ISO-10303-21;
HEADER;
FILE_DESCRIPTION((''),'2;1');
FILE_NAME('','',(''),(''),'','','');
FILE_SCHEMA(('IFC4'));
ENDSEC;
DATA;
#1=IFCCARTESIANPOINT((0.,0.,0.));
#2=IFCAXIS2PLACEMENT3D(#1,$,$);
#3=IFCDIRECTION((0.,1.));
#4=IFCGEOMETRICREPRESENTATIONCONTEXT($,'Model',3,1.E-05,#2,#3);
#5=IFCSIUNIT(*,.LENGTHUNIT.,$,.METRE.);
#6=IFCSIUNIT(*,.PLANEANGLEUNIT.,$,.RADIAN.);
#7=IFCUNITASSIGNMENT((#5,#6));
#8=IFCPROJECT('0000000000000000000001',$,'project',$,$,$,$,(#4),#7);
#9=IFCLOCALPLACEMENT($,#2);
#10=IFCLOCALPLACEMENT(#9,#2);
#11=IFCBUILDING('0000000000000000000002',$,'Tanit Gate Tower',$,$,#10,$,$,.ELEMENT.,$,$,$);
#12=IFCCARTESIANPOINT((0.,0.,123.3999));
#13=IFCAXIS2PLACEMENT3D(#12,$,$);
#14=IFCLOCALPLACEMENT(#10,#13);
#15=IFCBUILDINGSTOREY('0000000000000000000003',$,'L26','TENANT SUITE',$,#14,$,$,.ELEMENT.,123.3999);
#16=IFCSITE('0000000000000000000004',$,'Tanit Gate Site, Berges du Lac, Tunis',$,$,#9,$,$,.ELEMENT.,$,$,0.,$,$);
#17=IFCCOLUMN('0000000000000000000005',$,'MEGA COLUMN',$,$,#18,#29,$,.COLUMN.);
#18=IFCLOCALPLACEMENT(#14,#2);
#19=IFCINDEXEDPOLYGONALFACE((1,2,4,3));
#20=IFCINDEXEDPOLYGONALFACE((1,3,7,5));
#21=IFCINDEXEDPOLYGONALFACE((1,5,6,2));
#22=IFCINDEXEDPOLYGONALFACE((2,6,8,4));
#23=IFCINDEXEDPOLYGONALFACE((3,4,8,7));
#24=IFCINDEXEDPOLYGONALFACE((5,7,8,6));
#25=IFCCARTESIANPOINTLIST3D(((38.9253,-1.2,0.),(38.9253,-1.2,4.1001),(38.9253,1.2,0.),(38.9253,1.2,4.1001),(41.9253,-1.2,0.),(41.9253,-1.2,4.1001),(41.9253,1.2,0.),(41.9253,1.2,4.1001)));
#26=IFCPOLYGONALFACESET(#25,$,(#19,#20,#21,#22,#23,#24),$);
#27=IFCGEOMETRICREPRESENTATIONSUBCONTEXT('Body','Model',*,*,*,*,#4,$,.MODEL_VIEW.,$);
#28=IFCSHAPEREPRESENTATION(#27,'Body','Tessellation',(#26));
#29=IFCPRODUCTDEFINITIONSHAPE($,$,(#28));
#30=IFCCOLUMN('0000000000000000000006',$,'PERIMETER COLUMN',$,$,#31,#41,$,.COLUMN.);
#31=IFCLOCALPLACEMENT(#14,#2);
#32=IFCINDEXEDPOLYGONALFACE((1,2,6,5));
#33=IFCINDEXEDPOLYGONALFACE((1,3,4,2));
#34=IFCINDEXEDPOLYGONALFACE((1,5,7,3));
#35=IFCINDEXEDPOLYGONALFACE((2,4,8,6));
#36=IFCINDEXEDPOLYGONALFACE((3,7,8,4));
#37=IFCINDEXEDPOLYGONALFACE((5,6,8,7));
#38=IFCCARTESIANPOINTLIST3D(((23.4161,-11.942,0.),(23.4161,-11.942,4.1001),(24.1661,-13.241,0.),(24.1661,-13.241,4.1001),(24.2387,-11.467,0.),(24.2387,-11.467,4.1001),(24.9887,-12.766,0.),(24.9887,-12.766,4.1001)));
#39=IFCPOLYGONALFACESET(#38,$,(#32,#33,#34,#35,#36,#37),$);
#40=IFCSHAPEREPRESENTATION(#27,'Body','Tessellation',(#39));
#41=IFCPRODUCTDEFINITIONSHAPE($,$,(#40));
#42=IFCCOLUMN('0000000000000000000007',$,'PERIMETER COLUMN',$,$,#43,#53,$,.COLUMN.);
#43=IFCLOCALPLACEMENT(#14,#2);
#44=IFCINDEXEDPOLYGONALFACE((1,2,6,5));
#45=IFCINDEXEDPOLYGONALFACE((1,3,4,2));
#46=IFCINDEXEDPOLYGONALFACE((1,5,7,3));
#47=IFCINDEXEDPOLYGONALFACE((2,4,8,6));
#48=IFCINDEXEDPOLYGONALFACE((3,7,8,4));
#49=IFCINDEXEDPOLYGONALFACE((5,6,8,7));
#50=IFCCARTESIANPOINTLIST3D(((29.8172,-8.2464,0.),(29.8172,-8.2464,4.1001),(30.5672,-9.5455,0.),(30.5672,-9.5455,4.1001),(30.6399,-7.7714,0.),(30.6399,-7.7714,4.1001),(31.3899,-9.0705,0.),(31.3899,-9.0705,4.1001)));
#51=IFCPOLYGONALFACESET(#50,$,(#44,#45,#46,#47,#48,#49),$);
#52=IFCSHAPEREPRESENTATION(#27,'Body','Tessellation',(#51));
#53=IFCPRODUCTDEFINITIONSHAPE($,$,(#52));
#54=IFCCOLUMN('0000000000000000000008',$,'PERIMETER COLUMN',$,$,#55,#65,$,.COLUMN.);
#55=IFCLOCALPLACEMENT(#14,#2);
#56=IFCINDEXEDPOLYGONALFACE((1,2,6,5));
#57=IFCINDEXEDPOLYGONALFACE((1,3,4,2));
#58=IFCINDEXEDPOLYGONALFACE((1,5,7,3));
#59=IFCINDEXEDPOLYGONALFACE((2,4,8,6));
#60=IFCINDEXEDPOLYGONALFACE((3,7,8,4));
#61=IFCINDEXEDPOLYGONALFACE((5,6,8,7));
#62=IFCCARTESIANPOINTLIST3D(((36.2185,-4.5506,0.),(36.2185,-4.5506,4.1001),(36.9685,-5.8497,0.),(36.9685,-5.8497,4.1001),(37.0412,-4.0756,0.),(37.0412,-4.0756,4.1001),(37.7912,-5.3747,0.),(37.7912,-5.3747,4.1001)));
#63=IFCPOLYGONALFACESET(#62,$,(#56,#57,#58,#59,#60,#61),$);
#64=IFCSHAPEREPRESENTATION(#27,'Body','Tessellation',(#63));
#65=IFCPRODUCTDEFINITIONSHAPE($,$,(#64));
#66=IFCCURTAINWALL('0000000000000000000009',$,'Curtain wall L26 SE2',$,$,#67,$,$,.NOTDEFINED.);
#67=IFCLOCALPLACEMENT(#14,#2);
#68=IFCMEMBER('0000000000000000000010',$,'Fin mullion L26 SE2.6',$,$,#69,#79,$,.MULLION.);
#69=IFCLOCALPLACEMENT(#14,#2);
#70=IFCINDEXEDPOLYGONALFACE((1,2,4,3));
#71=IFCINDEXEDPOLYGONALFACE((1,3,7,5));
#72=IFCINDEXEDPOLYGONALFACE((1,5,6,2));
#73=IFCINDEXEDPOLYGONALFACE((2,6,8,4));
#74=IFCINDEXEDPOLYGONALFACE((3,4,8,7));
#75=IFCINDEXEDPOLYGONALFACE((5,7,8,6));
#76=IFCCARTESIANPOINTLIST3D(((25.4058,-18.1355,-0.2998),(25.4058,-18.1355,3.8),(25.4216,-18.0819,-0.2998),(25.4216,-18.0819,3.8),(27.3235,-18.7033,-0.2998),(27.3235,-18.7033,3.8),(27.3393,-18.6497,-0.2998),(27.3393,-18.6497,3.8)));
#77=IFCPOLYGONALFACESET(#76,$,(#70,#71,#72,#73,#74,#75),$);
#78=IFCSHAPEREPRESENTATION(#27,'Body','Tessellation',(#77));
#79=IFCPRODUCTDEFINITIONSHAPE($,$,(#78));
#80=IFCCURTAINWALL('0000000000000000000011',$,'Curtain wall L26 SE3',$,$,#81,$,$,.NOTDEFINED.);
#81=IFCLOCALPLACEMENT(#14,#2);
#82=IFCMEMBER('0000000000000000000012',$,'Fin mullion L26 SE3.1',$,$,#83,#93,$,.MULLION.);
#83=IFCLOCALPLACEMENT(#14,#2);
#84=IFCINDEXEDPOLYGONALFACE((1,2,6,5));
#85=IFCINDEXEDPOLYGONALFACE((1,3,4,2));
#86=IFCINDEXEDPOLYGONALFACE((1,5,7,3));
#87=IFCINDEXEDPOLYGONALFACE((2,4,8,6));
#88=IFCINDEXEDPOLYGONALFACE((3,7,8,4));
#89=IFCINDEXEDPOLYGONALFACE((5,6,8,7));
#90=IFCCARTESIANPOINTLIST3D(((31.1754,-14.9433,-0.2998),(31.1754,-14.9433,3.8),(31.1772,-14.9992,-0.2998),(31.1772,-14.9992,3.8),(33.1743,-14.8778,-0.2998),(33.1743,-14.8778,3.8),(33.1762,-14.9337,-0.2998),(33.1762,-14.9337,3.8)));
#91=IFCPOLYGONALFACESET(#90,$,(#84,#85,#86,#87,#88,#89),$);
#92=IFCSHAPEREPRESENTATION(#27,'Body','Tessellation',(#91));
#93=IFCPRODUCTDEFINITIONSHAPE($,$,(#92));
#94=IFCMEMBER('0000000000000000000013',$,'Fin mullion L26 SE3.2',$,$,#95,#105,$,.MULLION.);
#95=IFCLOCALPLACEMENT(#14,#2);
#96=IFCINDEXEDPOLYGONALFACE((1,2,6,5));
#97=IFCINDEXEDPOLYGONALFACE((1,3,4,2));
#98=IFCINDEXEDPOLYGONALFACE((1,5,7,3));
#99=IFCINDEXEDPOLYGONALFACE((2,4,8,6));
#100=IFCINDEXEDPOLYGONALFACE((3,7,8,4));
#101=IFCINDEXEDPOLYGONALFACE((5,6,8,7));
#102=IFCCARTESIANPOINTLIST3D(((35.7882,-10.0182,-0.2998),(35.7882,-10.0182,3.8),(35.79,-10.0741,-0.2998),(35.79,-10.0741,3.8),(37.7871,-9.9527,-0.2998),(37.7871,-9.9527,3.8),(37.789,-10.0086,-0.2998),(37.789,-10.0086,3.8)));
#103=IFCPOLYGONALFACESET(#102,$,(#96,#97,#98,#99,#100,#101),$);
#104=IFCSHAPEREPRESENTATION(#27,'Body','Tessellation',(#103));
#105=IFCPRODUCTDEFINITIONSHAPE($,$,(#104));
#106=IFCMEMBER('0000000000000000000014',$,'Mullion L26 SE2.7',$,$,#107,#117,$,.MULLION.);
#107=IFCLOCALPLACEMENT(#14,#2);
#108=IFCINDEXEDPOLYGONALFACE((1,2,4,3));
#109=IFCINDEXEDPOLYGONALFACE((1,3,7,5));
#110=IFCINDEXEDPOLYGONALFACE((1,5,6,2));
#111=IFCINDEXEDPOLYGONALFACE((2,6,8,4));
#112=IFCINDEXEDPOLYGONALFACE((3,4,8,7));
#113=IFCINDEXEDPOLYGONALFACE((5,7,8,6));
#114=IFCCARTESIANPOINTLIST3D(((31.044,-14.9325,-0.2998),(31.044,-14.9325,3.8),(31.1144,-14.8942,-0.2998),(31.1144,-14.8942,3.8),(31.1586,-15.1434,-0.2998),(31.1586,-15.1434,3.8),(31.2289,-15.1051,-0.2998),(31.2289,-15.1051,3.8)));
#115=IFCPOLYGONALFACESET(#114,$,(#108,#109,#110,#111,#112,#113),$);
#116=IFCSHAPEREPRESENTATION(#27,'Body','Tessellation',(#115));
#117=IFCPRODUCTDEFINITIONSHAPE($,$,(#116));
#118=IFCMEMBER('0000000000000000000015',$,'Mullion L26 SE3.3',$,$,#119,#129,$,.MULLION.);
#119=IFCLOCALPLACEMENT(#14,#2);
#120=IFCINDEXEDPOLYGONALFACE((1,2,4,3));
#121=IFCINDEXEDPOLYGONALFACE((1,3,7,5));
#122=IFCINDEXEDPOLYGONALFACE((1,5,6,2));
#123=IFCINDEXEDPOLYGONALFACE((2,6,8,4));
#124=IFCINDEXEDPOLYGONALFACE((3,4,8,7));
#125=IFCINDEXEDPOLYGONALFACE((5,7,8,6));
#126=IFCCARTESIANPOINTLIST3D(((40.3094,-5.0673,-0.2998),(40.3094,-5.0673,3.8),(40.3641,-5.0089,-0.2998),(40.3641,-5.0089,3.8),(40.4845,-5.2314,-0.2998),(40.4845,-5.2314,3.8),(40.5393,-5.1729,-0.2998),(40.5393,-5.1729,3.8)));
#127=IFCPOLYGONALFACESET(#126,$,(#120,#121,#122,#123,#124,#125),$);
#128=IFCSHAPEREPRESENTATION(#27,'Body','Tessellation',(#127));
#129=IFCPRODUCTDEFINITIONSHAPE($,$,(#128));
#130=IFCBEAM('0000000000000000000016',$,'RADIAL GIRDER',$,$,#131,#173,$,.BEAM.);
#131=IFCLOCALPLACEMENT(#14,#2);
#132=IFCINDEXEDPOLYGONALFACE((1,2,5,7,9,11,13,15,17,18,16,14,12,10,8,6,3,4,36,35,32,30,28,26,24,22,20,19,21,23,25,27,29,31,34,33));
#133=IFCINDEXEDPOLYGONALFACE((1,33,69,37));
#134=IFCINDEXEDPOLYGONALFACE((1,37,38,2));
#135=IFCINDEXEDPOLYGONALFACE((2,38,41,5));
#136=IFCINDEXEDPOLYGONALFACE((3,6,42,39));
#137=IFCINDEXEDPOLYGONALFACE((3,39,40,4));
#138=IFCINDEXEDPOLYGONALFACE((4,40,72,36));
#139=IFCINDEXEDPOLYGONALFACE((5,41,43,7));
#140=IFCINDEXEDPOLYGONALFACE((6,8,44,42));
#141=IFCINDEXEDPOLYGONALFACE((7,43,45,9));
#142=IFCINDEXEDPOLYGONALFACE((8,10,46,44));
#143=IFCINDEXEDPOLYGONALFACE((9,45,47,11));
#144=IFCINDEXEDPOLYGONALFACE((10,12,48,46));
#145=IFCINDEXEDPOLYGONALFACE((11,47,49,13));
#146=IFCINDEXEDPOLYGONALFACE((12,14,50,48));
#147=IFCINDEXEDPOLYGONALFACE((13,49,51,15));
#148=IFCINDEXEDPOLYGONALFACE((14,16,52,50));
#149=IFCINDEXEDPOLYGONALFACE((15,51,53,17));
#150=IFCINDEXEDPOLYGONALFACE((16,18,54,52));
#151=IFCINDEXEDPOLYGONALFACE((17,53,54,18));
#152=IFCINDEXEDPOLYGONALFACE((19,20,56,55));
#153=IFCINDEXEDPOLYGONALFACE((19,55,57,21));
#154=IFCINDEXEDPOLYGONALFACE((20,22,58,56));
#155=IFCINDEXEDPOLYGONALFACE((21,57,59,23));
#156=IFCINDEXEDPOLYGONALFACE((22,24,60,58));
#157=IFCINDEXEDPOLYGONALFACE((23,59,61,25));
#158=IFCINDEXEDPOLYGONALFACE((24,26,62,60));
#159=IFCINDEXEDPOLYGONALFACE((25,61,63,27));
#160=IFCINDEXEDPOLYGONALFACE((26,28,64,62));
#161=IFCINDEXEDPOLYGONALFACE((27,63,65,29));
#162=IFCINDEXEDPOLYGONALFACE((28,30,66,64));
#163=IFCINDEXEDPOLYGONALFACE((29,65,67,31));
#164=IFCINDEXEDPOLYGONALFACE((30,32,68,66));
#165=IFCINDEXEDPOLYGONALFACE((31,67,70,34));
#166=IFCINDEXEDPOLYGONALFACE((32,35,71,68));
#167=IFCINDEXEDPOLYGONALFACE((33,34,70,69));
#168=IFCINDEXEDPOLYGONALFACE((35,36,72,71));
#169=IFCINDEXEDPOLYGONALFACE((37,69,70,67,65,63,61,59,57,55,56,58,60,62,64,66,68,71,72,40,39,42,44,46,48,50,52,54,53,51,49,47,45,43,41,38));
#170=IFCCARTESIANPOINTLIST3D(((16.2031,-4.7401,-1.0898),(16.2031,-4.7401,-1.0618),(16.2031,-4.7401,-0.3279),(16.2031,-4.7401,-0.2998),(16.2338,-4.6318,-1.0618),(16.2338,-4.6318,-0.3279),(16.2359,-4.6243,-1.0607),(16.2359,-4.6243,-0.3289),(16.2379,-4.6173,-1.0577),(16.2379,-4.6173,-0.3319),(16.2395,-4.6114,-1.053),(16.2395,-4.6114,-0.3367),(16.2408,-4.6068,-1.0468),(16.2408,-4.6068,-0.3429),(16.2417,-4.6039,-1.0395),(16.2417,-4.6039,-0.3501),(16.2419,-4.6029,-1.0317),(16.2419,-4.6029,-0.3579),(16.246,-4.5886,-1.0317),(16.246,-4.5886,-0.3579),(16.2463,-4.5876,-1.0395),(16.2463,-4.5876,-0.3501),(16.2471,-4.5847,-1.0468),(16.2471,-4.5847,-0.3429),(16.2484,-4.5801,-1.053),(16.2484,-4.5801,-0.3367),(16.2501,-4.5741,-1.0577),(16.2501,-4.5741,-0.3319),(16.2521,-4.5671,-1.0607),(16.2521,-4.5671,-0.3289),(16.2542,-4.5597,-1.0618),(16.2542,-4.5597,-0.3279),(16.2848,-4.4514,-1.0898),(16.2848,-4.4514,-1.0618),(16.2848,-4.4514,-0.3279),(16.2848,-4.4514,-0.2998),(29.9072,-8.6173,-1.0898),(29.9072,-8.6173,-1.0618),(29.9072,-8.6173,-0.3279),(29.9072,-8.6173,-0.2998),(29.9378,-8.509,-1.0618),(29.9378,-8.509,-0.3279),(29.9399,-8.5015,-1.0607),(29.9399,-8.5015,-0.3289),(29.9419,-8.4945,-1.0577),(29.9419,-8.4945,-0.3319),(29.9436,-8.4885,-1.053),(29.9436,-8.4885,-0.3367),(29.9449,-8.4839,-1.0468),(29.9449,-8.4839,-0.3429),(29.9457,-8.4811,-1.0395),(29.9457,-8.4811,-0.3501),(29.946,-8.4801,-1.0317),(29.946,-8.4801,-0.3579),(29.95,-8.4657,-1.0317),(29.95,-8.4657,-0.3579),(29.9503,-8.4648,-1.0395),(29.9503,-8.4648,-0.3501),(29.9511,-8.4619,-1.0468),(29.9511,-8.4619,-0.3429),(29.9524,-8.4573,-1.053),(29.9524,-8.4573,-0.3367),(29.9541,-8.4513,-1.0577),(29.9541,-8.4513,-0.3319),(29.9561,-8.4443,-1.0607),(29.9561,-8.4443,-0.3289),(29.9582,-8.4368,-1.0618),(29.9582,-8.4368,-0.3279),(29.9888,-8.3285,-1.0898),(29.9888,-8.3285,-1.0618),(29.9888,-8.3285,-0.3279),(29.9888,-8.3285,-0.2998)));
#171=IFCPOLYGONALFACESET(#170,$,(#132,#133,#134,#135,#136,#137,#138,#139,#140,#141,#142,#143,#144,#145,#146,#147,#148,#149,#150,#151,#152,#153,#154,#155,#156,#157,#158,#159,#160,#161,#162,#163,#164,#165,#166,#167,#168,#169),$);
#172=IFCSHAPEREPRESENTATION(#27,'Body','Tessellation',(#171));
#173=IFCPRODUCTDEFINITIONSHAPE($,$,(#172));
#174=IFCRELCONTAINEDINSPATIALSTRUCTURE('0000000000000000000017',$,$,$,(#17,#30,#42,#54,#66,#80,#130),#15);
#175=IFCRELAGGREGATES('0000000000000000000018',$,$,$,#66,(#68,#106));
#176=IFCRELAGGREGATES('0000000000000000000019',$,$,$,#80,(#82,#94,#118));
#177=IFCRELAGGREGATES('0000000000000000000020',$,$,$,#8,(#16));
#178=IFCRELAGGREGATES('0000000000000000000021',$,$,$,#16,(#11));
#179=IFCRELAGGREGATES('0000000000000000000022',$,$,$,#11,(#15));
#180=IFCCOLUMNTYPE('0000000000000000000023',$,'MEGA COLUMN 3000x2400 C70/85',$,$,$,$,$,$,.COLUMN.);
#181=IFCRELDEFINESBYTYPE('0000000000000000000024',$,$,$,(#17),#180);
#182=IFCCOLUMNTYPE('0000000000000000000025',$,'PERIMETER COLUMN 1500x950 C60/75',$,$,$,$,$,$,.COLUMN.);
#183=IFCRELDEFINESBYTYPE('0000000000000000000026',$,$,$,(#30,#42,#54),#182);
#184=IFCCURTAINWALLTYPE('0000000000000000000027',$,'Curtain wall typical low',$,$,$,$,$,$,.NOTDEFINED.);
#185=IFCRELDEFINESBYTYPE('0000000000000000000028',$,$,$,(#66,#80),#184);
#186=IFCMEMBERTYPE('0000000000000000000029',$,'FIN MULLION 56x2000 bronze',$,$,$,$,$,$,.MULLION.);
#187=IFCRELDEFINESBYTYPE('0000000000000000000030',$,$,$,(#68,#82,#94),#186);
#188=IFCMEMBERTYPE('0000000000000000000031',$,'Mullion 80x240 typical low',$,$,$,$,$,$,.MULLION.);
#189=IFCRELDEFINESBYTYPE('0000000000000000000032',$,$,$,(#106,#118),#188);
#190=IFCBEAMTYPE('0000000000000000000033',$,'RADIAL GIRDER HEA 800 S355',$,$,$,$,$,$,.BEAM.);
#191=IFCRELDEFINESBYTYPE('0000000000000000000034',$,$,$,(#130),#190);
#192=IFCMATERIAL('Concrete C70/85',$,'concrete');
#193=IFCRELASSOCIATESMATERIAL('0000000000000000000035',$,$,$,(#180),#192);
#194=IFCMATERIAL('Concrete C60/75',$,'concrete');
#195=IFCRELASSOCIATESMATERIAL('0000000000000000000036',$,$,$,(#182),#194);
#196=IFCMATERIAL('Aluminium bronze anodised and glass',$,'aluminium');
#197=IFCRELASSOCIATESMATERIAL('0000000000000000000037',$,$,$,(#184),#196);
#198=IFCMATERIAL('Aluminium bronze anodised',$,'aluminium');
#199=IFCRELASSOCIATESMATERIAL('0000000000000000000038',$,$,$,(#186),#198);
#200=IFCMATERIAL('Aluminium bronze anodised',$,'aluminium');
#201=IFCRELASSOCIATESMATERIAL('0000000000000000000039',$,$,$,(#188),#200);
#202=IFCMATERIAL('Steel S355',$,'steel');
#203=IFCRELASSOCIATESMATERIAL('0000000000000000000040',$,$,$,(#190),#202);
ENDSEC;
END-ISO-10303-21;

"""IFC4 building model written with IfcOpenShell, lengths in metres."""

from ifc_helpers import new_model, si_unit, direction, frame, origin, origin_2d, place, context, subcontext, project, spatial, rectangle, i_section, extrude, material, material_profile, profile_set, type_object, element, aggregate, save


model = new_model("IFC4")

# Units and contexts
model_context = context("Model", 3, precision=1e-05, world=origin(), true_north=direction((0.0, 1.0)))
body_context = subcontext(model_context, "Body", "Model", "MODEL_VIEW")
ifc_project = project(units=[si_unit("LENGTHUNIT", "METRE"), si_unit("PLANEANGLEUNIT", "RADIAN")], contexts=[model_context])

# Site, building, storey
site_placement = place(None, origin())
site = spatial("IfcSite", under=ifc_project, at=site_placement, Name="Tanit Gate Site, Berges du Lac, Tunis", CompositionType="ELEMENT", RefElevation=0.0)
building_placement = place(site_placement, origin())
building = spatial("IfcBuilding", under=site, at=building_placement, Name="Tanit Gate Tower", CompositionType="ELEMENT")
storey_placement = place(building_placement, frame((0.0, 0.0, 123.3999)))
storey = spatial("IfcBuildingStorey", under=building, at=storey_placement, Name="L26", Description="TENANT SUITE", CompositionType="ELEMENT", Elevation=123.3999)

# Columns
ifc_material_1 = material(Name="Concrete C70/85", Category="concrete")
ifc_material_profile_1 = material_profile(ifc_material_1, rectangle(XDim=3.0, YDim=2.3999, at=origin_2d()), Name="RC 3000x2400")
ifc_profile_set_1 = profile_set([ifc_material_profile_1], Name="Concrete C70/85")
column_type_1 = type_object("IfcColumnType", Name="MEGA COLUMN 3000x2400 C70/85", PredefinedType="COLUMN", material=ifc_profile_set_1)
column_placement = place(storey_placement, frame((40.4253, 0.0, 0.0), z_axis=(0.0, 0.0, 1.0), x_axis=(1.0, 0.0, 0.0)))
element("IfcColumn", 1, at=column_placement, inside=storey, type_object=column_type_1, Name="MEGA COLUMN", PredefinedType="COLUMN", context=body_context, shape_type="SweptSolid", body=[
    extrude(rectangle(XDim=3.0, YDim=2.3999, at=origin_2d()), origin(), (0.0, 0.0, 1.0), 4.1001),
])
ifc_material_2 = material(Name="Concrete C60/75", Category="concrete")
ifc_material_profile_2 = material_profile(ifc_material_2, rectangle(XDim=1.5, YDim=0.95, at=origin_2d()), Name="RC 1500x950")
ifc_profile_set_2 = profile_set([ifc_material_profile_2], Name="Concrete C60/75")
column_type_2 = type_object("IfcColumnType", Name="PERIMETER COLUMN 1500x950 C60/75", PredefinedType="COLUMN", material=ifc_profile_set_2)
for number, where, z_axis, x_axis, name in (
    (2, (24.2024, -12.354, 0.0), (0.0, 0.0, 1.0), (0.5, -0.866025, 0.0), "PERIMETER COLUMN"),
    (3, (30.6035, -8.6584, 0.0), (0.0, 0.0, 1.0), (0.5, -0.866025, 0.0), "PERIMETER COLUMN"),
    (4, (37.0049, -4.9626, 0.0), (0.0, 0.0, 1.0), (0.5, -0.866025, 0.0), "PERIMETER COLUMN"),
):
    element("IfcColumn", number, at=place(storey_placement, frame(where, z_axis=z_axis, x_axis=x_axis)), inside=storey, type_object=column_type_2, Name=name, PredefinedType="COLUMN", context=body_context, shape_type="SweptSolid", body=[
        extrude(rectangle(XDim=1.5, YDim=0.95, at=origin_2d()), origin(), (0.0, 0.0, 1.0), 4.1001),
    ])

# Curtain wall, member
ifc_material_3 = material(Name="Aluminium bronze anodised and glass", Category="aluminium")
curtain_wall_type = type_object("IfcCurtainWallType", Name="Curtain wall typical low", PredefinedType="NOTDEFINED", material=ifc_material_3)
curtain_wall_1_placement = place(storey_placement, origin())
curtain_wall_1 = element("IfcCurtainWall", 5, at=curtain_wall_1_placement, inside=storey, type_object=curtain_wall_type, Name="Curtain wall L26 SE2", PredefinedType="NOTDEFINED")
ifc_material_4 = material(Name="Aluminium bronze anodised", Category="aluminium")
ifc_material_profile_3 = material_profile(ifc_material_4, rectangle(XDim=2.0, YDim=0.0559, at=origin_2d()), Name="56x2000 bronze fin mullion")
ifc_profile_set_3 = profile_set([ifc_material_profile_3], Name="Aluminium bronze anodised")
member_type_1 = type_object("IfcMemberType", Name="FIN MULLION 56x2000 bronze", PredefinedType="MULLION", material=ifc_profile_set_3)
member_1_placement = place(storey_placement, frame((26.3726, -18.3926, -0.2998), z_axis=(0.0, 0.0, 1.0), x_axis=(-0.958852, 0.283906, 0.0)))
member_1 = element("IfcMember", 6, at=member_1_placement, type_object=member_type_1, Name="Fin mullion L26 SE2.6", PredefinedType="MULLION", context=body_context, shape_type="SweptSolid", body=[
    extrude(rectangle(XDim=2.0, YDim=0.0559, at=origin_2d()), origin(), (0.0, 0.0, 1.0), 4.0999),
])

# Curtain wall, members
curtain_wall_2_placement = place(storey_placement, origin())
curtain_wall_2 = element("IfcCurtainWall", 7, at=curtain_wall_2_placement, inside=storey, type_object=curtain_wall_type, Name="Curtain wall L26 SE3", PredefinedType="NOTDEFINED")
member_2_placement = place(storey_placement, frame((32.1758, -14.9385, -0.2998), z_axis=(0.0, 0.0, 1.0), x_axis=(-0.999464, -0.03274, 0.0)))
member_2 = element("IfcMember", 8, at=member_2_placement, type_object=member_type_1, Name="Fin mullion L26 SE3.1", PredefinedType="MULLION", context=body_context, shape_type="SweptSolid", body=[
    extrude(rectangle(XDim=2.0, YDim=0.0559, at=origin_2d()), origin(), (0.0, 0.0, 1.0), 4.0999),
])
member_3_placement = place(storey_placement, frame((36.7886, -10.0134, -0.2998), z_axis=(0.0, 0.0, 1.0), x_axis=(-0.999464, -0.03274, 0.0)))
member_3 = element("IfcMember", 9, at=member_3_placement, type_object=member_type_1, Name="Fin mullion L26 SE3.2", PredefinedType="MULLION", context=body_context, shape_type="SweptSolid", body=[
    extrude(rectangle(XDim=2.0, YDim=0.0559, at=origin_2d()), origin(), (0.0, 0.0, 1.0), 4.0999),
])

# Members
ifc_material_5 = material(Name="Aluminium bronze anodised", Category="aluminium")
ifc_material_profile_4 = material_profile(ifc_material_5, rectangle(XDim=0.24, YDim=0.0801, at=origin_2d()), Name="80x240 bronze mullion")
ifc_profile_set_4 = profile_set([ifc_material_profile_4], Name="Aluminium bronze anodised")
member_type_2 = type_object("IfcMemberType", Name="Mullion 80x240 typical low", PredefinedType="MULLION", material=ifc_profile_set_4)
member_4_placement = place(storey_placement, frame((31.1365, -15.0188, -0.2998), z_axis=(0.0, 0.0, 1.0), x_axis=(-0.477259, 0.878762, 0.0)))
member_4 = element("IfcMember", 10, at=member_4_placement, type_object=member_type_2, Name="Mullion L26 SE2.7", PredefinedType="MULLION", context=body_context, shape_type="SweptSolid", body=[
    extrude(rectangle(XDim=0.24, YDim=0.0801, at=origin_2d()), origin(), (0.0, 0.0, 1.0), 4.0999),
])
member_5_placement = place(storey_placement, frame((40.4243, -5.1201, -0.2998), z_axis=(0.0, 0.0, 1.0), x_axis=(-0.729879, 0.683577, 0.0)))
member_5 = element("IfcMember", 11, at=member_5_placement, type_object=member_type_2, Name="Mullion L26 SE3.3", PredefinedType="MULLION", context=body_context, shape_type="SweptSolid", body=[
    extrude(rectangle(XDim=0.24, YDim=0.0801, at=origin_2d()), origin(), (0.0, 0.0, 1.0), 4.0999),
])

# Beam
ifc_material_6 = material(Name="Steel S355", Category="steel")
ifc_material_profile_5 = material_profile(ifc_material_6, i_section(OverallWidth=0.3, OverallDepth=0.79, WebThickness=0.0149, FlangeThickness=0.0281, FilletRadius=0.03, at=origin_2d()), Name="HEA 800")
ifc_profile_set_5 = profile_set([ifc_material_profile_5], Name="Steel S355")
beam_type_1 = type_object("IfcBeamType", Name="RADIAL GIRDER HEA 800 S355", PredefinedType="BEAM", material=ifc_profile_set_5)
beam_1_placement = place(storey_placement, frame((29.948, -8.4729, -0.6948), z_axis=(-0.96223, 0.272237, 0.0), x_axis=(-0.272237, -0.96223, 0.0)))
element("IfcBeam", 12, at=beam_1_placement, inside=storey, type_object=beam_type_1, Name="RADIAL GIRDER", PredefinedType="BEAM", context=body_context, shape_type="SweptSolid", body=[
    extrude(i_section(OverallWidth=0.3, OverallDepth=0.79, WebThickness=0.0149, FlangeThickness=0.0281, FilletRadius=0.03, at=origin_2d()), origin(), (0.0, 0.0, 1.0), 14.2419),
])

aggregate(curtain_wall_1, [member_1, member_4])
aggregate(curtain_wall_2, [member_2, member_3, member_5])

save(model, "model.ifc")
